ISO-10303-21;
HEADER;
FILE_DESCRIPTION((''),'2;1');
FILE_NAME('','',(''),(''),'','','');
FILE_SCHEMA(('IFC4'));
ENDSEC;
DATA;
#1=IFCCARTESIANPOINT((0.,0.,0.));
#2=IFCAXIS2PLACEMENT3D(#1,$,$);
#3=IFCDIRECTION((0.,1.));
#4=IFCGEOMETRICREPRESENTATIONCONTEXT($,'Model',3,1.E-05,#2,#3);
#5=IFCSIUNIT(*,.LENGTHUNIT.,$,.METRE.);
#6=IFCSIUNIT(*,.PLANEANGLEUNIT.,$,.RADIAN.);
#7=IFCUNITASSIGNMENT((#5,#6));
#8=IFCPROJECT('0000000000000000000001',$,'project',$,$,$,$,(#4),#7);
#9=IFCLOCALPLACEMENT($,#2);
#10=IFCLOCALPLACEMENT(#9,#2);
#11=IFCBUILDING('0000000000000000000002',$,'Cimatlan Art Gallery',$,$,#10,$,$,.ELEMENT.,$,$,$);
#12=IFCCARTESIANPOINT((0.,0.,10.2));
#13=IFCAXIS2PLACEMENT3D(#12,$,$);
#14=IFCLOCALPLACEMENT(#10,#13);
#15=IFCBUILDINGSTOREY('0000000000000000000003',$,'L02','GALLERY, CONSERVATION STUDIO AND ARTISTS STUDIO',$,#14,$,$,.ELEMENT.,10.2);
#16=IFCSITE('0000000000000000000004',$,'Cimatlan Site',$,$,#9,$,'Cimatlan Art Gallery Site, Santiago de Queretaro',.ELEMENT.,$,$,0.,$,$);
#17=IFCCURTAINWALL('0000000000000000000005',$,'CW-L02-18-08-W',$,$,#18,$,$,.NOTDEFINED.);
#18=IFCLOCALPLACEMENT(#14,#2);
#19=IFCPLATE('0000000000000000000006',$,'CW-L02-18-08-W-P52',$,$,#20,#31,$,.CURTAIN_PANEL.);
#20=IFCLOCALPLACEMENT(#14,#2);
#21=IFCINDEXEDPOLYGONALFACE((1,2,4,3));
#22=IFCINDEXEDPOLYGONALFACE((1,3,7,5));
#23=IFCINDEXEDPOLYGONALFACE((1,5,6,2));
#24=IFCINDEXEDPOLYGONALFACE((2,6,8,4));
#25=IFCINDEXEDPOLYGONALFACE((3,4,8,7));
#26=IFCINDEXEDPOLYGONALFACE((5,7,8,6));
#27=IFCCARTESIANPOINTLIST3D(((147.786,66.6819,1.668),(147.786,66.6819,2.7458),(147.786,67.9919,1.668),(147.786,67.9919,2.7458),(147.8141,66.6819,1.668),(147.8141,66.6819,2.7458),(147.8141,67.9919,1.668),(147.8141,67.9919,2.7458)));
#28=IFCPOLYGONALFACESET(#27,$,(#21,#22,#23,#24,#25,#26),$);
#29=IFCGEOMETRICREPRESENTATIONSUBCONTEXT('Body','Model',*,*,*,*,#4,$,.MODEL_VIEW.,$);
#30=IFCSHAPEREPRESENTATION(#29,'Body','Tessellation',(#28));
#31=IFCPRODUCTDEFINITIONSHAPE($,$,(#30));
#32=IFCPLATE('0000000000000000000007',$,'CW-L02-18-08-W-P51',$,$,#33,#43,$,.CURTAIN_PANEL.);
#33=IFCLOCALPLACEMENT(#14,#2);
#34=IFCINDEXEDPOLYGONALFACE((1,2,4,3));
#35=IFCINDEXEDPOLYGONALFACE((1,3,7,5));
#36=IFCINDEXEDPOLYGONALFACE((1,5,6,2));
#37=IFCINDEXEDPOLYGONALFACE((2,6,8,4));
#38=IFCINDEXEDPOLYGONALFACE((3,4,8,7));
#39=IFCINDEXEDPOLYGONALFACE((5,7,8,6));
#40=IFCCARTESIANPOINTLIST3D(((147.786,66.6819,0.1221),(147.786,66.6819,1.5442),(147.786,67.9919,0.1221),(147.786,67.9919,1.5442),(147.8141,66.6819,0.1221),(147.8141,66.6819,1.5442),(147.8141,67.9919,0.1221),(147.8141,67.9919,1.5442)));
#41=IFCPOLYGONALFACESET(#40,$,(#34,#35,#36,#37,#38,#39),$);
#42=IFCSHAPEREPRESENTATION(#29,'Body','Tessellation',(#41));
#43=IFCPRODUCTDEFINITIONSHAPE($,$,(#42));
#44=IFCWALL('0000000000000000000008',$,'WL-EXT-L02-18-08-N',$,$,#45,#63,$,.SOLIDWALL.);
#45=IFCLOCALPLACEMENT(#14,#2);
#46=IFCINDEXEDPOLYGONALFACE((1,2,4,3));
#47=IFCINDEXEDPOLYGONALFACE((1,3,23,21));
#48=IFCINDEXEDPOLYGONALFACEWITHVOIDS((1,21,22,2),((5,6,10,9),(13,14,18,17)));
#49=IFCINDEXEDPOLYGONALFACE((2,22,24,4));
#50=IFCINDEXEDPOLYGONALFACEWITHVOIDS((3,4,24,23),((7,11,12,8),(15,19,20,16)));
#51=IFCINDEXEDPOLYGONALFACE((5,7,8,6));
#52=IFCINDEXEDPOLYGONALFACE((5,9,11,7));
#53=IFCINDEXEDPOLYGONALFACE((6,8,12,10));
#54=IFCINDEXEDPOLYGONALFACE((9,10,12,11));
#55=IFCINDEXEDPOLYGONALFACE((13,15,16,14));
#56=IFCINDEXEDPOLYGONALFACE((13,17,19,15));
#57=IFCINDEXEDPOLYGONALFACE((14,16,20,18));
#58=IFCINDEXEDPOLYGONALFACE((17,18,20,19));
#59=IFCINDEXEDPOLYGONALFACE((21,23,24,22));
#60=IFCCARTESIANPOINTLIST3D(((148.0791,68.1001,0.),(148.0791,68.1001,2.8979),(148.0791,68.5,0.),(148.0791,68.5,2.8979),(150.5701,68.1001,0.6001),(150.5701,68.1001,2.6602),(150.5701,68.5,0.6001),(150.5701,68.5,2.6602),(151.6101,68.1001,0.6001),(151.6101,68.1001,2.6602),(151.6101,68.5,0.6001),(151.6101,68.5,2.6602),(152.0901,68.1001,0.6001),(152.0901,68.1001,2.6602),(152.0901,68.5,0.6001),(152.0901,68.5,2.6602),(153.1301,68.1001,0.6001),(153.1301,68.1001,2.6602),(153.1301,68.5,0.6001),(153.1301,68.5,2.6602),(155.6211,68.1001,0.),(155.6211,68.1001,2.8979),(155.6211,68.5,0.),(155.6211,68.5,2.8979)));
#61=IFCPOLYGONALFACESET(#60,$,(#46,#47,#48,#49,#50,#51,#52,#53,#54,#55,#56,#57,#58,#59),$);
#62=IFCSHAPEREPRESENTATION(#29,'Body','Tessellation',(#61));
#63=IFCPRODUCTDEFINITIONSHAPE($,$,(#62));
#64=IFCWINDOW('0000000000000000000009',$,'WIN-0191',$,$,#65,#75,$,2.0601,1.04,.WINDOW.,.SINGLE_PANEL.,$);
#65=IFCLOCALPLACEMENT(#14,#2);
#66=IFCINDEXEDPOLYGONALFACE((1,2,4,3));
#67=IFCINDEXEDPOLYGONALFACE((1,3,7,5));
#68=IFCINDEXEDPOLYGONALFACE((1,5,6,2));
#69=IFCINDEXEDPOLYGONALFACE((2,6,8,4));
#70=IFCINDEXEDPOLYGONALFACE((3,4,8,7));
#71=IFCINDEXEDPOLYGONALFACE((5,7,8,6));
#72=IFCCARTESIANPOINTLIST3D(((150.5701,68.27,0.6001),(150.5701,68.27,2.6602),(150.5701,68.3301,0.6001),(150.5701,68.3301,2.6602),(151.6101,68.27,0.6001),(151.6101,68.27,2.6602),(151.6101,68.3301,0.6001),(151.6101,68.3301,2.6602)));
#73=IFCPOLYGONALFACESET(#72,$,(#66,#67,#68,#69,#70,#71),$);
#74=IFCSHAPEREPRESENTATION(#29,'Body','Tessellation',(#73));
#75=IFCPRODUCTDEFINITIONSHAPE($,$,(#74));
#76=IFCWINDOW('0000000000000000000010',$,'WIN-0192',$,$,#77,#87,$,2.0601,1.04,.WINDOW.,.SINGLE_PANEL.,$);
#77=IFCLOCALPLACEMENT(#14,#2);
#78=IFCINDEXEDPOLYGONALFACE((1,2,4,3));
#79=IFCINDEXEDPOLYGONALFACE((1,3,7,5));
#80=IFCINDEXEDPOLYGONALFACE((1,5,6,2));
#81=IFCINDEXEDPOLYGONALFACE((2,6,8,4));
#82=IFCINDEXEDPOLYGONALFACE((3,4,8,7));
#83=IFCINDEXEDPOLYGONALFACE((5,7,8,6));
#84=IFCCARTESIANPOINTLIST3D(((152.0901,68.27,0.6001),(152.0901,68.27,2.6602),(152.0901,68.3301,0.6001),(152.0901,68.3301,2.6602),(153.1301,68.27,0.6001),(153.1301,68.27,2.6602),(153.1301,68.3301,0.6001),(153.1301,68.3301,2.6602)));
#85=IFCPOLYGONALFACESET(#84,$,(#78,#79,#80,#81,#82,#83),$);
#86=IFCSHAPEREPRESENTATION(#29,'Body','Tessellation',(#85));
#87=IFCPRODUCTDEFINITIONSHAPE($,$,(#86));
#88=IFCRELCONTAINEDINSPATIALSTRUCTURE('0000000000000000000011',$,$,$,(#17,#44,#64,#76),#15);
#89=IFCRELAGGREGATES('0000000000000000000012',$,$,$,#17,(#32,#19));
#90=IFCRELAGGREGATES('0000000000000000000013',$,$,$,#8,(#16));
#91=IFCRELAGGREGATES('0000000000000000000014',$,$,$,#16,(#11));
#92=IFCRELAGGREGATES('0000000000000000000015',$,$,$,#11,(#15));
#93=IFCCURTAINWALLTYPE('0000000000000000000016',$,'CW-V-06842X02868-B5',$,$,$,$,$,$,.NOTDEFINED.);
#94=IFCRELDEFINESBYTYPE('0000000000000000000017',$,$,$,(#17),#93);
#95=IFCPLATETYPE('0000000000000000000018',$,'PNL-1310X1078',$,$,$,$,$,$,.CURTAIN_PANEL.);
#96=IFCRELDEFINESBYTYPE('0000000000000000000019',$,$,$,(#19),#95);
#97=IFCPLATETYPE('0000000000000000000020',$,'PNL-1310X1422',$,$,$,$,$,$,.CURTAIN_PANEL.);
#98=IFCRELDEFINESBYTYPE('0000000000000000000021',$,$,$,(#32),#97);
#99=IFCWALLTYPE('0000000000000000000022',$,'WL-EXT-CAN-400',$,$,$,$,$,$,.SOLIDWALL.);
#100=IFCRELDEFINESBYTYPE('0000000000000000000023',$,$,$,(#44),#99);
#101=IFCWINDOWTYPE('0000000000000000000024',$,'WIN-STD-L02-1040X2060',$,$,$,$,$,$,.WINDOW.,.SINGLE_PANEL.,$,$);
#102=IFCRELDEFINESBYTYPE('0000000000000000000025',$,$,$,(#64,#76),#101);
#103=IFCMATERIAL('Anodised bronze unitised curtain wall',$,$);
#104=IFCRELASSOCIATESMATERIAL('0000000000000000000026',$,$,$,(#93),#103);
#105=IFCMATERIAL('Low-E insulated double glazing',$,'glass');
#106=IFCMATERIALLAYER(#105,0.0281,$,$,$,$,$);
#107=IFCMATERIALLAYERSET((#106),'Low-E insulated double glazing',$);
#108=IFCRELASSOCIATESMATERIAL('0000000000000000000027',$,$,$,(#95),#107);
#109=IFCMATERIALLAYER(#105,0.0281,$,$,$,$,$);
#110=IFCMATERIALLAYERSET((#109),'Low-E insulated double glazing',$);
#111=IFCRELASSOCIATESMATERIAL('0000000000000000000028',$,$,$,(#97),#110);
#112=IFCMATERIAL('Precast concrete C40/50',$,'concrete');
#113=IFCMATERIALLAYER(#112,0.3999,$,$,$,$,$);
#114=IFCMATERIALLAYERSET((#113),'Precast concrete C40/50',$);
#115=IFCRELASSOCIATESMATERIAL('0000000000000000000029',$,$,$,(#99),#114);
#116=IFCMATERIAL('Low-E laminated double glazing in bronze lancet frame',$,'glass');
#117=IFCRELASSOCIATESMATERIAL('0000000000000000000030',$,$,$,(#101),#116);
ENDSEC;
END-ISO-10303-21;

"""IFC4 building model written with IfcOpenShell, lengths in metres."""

from ifc_helpers import new_model, si_unit, direction, frame, frame_2d, origin, origin_2d, place, context, subcontext, project, spatial, rectangle, extrude, material, layer, layer_set, type_object, element, fill, aggregate, save


model = new_model("IFC4")

# Units and contexts
model_context = context("Model", 3, precision=1e-05, world=origin(), true_north=direction((0.0, 1.0)))
body_context = subcontext(model_context, "Body", "Model", "MODEL_VIEW")
ifc_project = project(units=[si_unit("LENGTHUNIT", "METRE"), si_unit("PLANEANGLEUNIT", "RADIAN")], contexts=[model_context])

# Site, building, storey
site_placement = place(None, origin())
site = spatial("IfcSite", under=ifc_project, at=site_placement, Name="Cimatlan Site", LongName="Cimatlan Art Gallery Site, Santiago de Queretaro", CompositionType="ELEMENT", RefElevation=0.0)
building_placement = place(site_placement, origin())
building = spatial("IfcBuilding", under=site, at=building_placement, Name="Cimatlan Art Gallery", CompositionType="ELEMENT")
storey_placement = place(building_placement, frame((0.0, 0.0, 10.2)))
storey = spatial("IfcBuildingStorey", under=building, at=storey_placement, Name="L02", Description="GALLERY, CONSERVATION STUDIO AND ARTISTS STUDIO", CompositionType="ELEMENT", Elevation=10.2)

# Curtain wall, plates
ifc_material_1 = material(Name="Anodised bronze unitised curtain wall")
curtain_wall_type = type_object("IfcCurtainWallType", Name="CW-V-06842X02868-B5", PredefinedType="NOTDEFINED", material=ifc_material_1)
curtain_wall_placement = place(storey_placement, origin())
curtain_wall = element("IfcCurtainWall", 1, at=curtain_wall_placement, inside=storey, type_object=curtain_wall_type, Name="CW-L02-18-08-W", PredefinedType="NOTDEFINED")
ifc_material_2 = material(Name="Low-E insulated double glazing", Category="glass")
ifc_layer_1 = layer(ifc_material_2, 0.0281)
ifc_layer_set_1 = layer_set([ifc_layer_1], Name="Low-E insulated double glazing")
plate_type_1 = type_object("IfcPlateType", Name="PNL-1310X1078", PredefinedType="CURTAIN_PANEL", material=ifc_layer_set_1)
plate_1_placement = place(storey_placement, frame((147.8, 67.3369, 1.668), z_axis=(0.0, 0.0, 1.0), x_axis=(0.0, 1.0, 0.0)))
plate_1 = element("IfcPlate", 2, at=plate_1_placement, type_object=plate_type_1, Name="CW-L02-18-08-W-P52", PredefinedType="CURTAIN_PANEL", context=body_context, shape_type="SweptSolid", body=[
    extrude(rectangle(XDim=1.3101, YDim=0.0281, at=origin_2d()), origin(), (0.0, 0.0, 1.0), 1.0779),
])
ifc_layer_2 = layer(ifc_material_2, 0.0281)
ifc_layer_set_2 = layer_set([ifc_layer_2], Name="Low-E insulated double glazing")
plate_type_2 = type_object("IfcPlateType", Name="PNL-1310X1422", PredefinedType="CURTAIN_PANEL", material=ifc_layer_set_2)
plate_2_placement = place(storey_placement, frame((147.8, 67.3369, 0.1221), z_axis=(0.0, 0.0, 1.0), x_axis=(0.0, 1.0, 0.0)))
plate_2 = element("IfcPlate", 3, at=plate_2_placement, type_object=plate_type_2, Name="CW-L02-18-08-W-P51", PredefinedType="CURTAIN_PANEL", context=body_context, shape_type="SweptSolid", body=[
    extrude(rectangle(XDim=1.3101, YDim=0.0281, at=origin_2d()), origin(), (0.0, 0.0, 1.0), 1.4221),
])
aggregate(curtain_wall, [plate_2, plate_1])

# Wall, openings, windows
ifc_material_3 = material(Name="Precast concrete C40/50", Category="concrete")
ifc_layer_3 = layer(ifc_material_3, 0.3999)
ifc_layer_set_3 = layer_set([ifc_layer_3], Name="Precast concrete C40/50")
wall_type = type_object("IfcWallType", Name="WL-EXT-CAN-400", PredefinedType="SOLIDWALL", material=ifc_layer_set_3)
wall_placement = place(storey_placement, frame((148.0791, 68.3, 0.0), z_axis=(0.0, 0.0, 1.0), x_axis=(1.0, 0.0, 0.0)))
wall = element("IfcWall", 4, at=wall_placement, inside=storey, type_object=wall_type, Name="WL-EXT-L02-18-08-N", PredefinedType="SOLIDWALL", context=body_context, shape_type="SweptSolid", body=[
    extrude(rectangle(XDim=7.542, YDim=0.3999, at=frame_2d((3.771, 0.0))), origin(), (0.0, 0.0, 1.0), 2.8979),
])
opening_1_placement = place(wall_placement, frame((2.491, 0.0, 0.6001)))
opening_1 = element("IfcOpeningElement", 5, at=opening_1_placement, cuts=wall, PredefinedType="OPENING", context=body_context, shape_type="SweptSolid", body=[
    extrude(rectangle(XDim=1.04, YDim=2.0601, at=frame_2d((0.52, 1.03))), frame((0.0, 0.21, 0.0), z_axis=(0.0, -1.0, 0.0), x_axis=(1.0, 0.0, 0.0)), (0.0, 0.0, 1.0), 0.4199),
])
opening_2_placement = place(wall_placement, frame((4.011, 0.0, 0.6001)))
opening_2 = element("IfcOpeningElement", 6, at=opening_2_placement, cuts=wall, PredefinedType="OPENING", context=body_context, shape_type="SweptSolid", body=[
    extrude(rectangle(XDim=1.04, YDim=2.0601, at=frame_2d((0.52, 1.03))), frame((0.0, 0.21, 0.0), z_axis=(0.0, -1.0, 0.0), x_axis=(1.0, 0.0, 0.0)), (0.0, 0.0, 1.0), 0.4199),
])
ifc_material_4 = material(Name="Low-E laminated double glazing in bronze lancet frame", Category="glass")
window_type = type_object("IfcWindowType", Name="WIN-STD-L02-1040X2060", PartitioningType="SINGLE_PANEL", PredefinedType="WINDOW", material=ifc_material_4)
window_1_placement = place(opening_1_placement, origin())
window_1 = element("IfcWindow", 7, at=window_1_placement, inside=storey, type_object=window_type, Name="WIN-0191", OverallHeight=2.0601, OverallWidth=1.04, PartitioningType="SINGLE_PANEL", PredefinedType="WINDOW", context=body_context, shape_type="SweptSolid", body=[
    extrude(rectangle(XDim=1.04, YDim=2.0601, at=frame_2d((0.52, 1.03))), frame((0.0, 0.03, 0.0), z_axis=(0.0, -1.0, 0.0), x_axis=(1.0, 0.0, 0.0)), (0.0, 0.0, 1.0), 0.0601),
])
fill(opening_1, window_1)
window_2_placement = place(opening_2_placement, origin())
window_2 = element("IfcWindow", 8, at=window_2_placement, inside=storey, type_object=window_type, Name="WIN-0192", OverallHeight=2.0601, OverallWidth=1.04, PartitioningType="SINGLE_PANEL", PredefinedType="WINDOW", context=body_context, shape_type="SweptSolid", body=[
    extrude(rectangle(XDim=1.04, YDim=2.0601, at=frame_2d((0.52, 1.03))), frame((0.0, 0.03, 0.0), z_axis=(0.0, -1.0, 0.0), x_axis=(1.0, 0.0, 0.0)), (0.0, 0.0, 1.0), 0.0601),
])
fill(opening_2, window_2)

save(model, "model.ifc")
